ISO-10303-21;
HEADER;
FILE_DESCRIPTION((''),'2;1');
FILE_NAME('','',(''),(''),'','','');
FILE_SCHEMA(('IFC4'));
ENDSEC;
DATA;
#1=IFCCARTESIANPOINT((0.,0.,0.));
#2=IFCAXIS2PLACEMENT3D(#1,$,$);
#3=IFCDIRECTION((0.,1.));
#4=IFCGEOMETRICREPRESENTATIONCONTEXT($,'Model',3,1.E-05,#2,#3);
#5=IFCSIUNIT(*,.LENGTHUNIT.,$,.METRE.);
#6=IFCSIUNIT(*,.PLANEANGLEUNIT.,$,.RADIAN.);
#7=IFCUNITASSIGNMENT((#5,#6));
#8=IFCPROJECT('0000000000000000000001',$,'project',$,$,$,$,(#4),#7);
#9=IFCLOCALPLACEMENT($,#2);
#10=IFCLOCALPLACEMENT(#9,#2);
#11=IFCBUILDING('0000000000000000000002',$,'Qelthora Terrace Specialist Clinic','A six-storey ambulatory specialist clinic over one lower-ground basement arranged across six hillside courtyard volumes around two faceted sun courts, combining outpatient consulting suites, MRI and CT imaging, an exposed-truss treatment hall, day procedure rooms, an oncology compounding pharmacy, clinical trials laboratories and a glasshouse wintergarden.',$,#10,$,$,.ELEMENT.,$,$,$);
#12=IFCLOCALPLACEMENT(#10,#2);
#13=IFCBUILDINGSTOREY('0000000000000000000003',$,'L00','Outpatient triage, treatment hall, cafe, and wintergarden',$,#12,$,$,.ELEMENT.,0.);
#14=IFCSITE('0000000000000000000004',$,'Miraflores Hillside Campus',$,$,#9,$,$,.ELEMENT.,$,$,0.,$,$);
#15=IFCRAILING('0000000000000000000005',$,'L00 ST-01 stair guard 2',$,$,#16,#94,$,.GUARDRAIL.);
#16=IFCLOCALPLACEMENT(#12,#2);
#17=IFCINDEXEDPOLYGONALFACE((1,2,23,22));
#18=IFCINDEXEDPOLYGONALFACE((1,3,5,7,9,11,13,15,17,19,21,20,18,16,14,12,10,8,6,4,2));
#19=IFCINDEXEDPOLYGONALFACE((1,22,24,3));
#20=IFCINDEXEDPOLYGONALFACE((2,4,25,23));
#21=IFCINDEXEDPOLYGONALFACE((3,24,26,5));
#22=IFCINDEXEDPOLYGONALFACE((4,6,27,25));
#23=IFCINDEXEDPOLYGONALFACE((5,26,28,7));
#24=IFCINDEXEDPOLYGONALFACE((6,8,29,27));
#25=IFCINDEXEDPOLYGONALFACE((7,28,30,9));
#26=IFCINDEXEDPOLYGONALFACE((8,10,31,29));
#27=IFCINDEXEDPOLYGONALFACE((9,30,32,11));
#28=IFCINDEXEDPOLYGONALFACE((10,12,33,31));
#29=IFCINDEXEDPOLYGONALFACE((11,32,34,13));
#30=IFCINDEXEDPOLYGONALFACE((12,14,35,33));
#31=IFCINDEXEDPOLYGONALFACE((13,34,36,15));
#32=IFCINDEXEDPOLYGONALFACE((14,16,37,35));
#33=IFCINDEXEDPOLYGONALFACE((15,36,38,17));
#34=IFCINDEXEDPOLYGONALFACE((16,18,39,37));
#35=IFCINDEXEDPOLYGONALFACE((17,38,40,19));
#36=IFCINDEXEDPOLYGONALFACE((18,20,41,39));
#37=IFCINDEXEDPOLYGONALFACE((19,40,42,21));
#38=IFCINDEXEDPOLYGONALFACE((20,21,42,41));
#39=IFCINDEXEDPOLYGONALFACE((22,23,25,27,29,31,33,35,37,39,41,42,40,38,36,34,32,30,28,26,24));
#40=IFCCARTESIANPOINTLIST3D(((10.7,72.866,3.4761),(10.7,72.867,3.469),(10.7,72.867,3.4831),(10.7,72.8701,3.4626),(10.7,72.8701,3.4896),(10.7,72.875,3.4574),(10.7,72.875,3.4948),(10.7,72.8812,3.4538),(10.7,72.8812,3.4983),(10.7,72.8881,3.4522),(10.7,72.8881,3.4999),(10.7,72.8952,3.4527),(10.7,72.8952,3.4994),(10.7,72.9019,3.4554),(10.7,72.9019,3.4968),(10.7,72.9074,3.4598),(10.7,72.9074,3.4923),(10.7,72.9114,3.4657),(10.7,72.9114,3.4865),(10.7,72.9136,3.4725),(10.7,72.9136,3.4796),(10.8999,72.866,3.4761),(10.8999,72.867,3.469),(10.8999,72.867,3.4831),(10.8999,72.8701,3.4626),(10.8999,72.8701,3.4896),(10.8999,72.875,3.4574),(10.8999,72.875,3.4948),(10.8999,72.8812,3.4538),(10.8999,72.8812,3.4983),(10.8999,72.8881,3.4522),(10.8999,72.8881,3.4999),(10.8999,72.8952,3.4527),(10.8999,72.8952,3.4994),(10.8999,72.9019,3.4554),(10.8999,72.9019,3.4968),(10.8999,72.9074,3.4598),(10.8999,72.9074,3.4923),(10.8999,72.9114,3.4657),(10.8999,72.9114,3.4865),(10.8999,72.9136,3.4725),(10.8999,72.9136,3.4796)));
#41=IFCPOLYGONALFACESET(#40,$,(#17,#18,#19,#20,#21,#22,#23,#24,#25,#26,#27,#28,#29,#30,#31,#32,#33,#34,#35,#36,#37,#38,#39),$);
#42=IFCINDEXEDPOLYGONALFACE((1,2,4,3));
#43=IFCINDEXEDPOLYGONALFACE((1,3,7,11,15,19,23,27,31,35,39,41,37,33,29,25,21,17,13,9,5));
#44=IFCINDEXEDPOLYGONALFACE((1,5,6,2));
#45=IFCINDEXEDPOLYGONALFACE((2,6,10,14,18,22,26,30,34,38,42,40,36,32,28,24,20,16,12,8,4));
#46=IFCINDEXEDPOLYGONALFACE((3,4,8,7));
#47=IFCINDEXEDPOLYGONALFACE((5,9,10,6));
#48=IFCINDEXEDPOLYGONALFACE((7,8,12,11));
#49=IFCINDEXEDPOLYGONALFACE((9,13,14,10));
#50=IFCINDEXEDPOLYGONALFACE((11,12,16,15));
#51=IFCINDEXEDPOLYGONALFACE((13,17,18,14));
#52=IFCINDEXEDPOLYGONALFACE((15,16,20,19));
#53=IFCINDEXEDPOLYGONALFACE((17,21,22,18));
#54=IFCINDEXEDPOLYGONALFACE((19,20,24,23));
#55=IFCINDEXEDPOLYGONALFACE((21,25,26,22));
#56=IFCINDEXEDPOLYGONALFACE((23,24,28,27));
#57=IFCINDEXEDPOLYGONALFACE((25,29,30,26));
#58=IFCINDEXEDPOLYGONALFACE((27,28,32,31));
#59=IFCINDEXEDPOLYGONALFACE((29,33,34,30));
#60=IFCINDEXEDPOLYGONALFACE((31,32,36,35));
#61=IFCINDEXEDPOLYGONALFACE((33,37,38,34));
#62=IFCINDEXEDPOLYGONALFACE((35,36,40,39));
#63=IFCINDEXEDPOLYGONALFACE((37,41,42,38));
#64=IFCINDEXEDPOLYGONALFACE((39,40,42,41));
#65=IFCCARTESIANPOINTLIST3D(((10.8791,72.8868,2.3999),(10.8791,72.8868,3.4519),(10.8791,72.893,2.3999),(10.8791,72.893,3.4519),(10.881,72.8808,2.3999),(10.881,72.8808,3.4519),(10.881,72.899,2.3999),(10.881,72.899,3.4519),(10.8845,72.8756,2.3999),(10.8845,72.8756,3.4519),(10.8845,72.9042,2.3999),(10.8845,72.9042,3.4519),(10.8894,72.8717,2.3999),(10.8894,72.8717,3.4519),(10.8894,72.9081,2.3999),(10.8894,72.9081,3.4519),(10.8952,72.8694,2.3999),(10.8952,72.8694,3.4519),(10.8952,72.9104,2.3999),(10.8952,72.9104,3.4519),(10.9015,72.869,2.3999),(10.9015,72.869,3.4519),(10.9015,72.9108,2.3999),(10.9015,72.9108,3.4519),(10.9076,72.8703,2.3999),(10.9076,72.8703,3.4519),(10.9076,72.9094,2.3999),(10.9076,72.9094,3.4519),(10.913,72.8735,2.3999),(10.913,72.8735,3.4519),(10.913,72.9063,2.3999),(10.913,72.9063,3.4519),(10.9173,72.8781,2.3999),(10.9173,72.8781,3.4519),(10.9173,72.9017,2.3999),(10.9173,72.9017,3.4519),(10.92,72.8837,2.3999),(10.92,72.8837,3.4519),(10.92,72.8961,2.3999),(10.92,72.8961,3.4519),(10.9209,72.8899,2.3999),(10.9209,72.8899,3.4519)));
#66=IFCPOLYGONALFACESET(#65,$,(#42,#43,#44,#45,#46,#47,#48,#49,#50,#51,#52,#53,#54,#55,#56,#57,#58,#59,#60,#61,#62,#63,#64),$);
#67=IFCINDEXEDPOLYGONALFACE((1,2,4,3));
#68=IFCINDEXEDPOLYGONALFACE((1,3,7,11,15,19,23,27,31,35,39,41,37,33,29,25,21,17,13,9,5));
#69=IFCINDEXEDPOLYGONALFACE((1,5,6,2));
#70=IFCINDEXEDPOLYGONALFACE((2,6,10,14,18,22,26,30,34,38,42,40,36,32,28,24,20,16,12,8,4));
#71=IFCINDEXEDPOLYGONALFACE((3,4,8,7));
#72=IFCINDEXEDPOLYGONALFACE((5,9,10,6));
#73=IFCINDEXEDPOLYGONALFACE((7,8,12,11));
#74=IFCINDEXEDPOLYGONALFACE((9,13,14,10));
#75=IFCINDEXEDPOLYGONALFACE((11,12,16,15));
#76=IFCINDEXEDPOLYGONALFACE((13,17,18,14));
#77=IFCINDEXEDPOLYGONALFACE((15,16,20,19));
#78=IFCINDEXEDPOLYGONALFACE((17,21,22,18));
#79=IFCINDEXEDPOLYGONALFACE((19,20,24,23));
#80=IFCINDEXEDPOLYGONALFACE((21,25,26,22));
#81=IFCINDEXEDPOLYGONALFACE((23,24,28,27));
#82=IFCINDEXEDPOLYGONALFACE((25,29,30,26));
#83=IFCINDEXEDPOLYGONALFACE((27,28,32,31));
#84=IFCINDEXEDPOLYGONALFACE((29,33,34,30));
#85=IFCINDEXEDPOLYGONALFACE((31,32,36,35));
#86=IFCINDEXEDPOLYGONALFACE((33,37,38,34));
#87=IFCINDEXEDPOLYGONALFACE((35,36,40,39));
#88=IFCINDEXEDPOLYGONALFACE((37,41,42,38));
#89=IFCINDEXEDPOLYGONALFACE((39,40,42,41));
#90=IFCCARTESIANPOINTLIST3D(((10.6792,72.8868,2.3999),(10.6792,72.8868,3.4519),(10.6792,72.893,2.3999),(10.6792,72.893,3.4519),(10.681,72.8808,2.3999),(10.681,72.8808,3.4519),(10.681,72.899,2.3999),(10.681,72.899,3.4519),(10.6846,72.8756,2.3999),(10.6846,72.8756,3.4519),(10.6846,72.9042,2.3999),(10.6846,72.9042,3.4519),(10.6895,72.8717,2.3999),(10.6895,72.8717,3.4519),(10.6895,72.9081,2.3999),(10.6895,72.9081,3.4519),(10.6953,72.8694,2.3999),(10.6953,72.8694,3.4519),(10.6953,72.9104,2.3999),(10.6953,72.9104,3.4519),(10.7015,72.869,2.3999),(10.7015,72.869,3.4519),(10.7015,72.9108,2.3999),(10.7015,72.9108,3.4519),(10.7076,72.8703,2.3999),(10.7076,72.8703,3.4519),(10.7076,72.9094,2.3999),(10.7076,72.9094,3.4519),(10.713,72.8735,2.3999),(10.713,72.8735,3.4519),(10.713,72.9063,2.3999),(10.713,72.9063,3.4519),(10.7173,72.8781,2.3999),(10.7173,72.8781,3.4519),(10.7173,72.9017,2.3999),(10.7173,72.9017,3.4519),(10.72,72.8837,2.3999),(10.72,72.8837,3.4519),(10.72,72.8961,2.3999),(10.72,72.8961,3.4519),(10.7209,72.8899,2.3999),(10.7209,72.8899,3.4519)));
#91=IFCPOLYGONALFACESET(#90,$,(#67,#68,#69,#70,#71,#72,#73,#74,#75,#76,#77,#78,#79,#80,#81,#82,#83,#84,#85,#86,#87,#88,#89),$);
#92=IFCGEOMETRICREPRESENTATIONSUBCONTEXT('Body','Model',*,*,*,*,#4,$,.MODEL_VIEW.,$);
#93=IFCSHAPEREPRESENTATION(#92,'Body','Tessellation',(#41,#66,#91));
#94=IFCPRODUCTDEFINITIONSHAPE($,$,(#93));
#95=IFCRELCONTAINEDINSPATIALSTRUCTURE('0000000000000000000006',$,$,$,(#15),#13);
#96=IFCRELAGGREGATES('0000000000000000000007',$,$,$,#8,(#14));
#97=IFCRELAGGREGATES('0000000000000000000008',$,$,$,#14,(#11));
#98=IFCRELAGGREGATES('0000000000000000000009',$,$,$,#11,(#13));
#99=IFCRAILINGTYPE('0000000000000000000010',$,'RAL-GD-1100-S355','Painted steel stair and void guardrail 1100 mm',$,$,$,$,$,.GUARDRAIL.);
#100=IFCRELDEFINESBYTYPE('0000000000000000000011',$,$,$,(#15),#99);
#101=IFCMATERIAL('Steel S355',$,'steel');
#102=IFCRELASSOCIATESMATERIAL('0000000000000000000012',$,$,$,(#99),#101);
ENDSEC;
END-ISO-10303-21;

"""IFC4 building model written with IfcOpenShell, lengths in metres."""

from ifc_helpers import new_model, si_unit, direction, frame, origin, origin_2d, place, context, subcontext, project, spatial, circle, extrude, material, type_object, element, save


model = new_model("IFC4")

# Units and contexts
model_context = context("Model", 3, precision=1e-05, world=origin(), true_north=direction((0.0, 1.0)))
body_context = subcontext(model_context, "Body", "Model", "MODEL_VIEW")
ifc_project = project(units=[si_unit("LENGTHUNIT", "METRE"), si_unit("PLANEANGLEUNIT", "RADIAN")], contexts=[model_context])

# Site, building, storey
site_placement = place(None, origin())
site = spatial("IfcSite", under=ifc_project, at=site_placement, Name="Miraflores Hillside Campus", CompositionType="ELEMENT", RefElevation=0.0)
building_placement = place(site_placement, origin())
building = spatial("IfcBuilding", under=site, at=building_placement, Name="Qelthora Terrace Specialist Clinic", Description="A six-storey ambulatory specialist clinic over one lower-ground basement arranged across six hillside courtyard volumes around two faceted sun courts, combining outpatient consulting suites, MRI and CT imaging, an exposed-truss treatment hall, day procedure rooms, an oncology compounding pharmacy, clinical trials laboratories and a glasshouse wintergarden.", CompositionType="ELEMENT")
storey_placement = place(building_placement, origin())
storey = spatial("IfcBuildingStorey", under=building, at=storey_placement, Name="L00", Description="Outpatient triage, treatment hall, cafe, and wintergarden", CompositionType="ELEMENT", Elevation=0.0)

# Shared definitions
ifc_material_1 = material(Name="Steel S355", Category="steel")

# Railing
railing_type_1 = type_object("IfcRailingType", Name="RAL-GD-1100-S355", Description="Painted steel stair and void guardrail 1100 mm", PredefinedType="GUARDRAIL", material=ifc_material_1)
railing_1_placement = place(storey_placement, frame((10.8999, 72.8899, 2.3999)))
element("IfcRailing", 1, at=railing_1_placement, inside=storey, type_object=railing_type_1, Name="L00 ST-01 stair guard 2", PredefinedType="GUARDRAIL", context=body_context, shape_type="SweptSolid", body=[
    extrude(circle(Radius=0.0239, at=origin_2d()), frame((0.0, 0.0, 1.0762), z_axis=(-1.0, 0.0, 0.0), x_axis=(0.0, -1.0, 0.0)), (0.0, 0.0, 1.0), 0.2),
    extrude(circle(Radius=0.021, at=origin_2d()), origin(), (0.0, 0.0, 1.0), 1.052),
    extrude(circle(Radius=0.021, at=origin_2d()), frame((-0.2, 0.0, 0.0)), (0.0, 0.0, 1.0), 1.052),
])

save(model, "model.ifc")
